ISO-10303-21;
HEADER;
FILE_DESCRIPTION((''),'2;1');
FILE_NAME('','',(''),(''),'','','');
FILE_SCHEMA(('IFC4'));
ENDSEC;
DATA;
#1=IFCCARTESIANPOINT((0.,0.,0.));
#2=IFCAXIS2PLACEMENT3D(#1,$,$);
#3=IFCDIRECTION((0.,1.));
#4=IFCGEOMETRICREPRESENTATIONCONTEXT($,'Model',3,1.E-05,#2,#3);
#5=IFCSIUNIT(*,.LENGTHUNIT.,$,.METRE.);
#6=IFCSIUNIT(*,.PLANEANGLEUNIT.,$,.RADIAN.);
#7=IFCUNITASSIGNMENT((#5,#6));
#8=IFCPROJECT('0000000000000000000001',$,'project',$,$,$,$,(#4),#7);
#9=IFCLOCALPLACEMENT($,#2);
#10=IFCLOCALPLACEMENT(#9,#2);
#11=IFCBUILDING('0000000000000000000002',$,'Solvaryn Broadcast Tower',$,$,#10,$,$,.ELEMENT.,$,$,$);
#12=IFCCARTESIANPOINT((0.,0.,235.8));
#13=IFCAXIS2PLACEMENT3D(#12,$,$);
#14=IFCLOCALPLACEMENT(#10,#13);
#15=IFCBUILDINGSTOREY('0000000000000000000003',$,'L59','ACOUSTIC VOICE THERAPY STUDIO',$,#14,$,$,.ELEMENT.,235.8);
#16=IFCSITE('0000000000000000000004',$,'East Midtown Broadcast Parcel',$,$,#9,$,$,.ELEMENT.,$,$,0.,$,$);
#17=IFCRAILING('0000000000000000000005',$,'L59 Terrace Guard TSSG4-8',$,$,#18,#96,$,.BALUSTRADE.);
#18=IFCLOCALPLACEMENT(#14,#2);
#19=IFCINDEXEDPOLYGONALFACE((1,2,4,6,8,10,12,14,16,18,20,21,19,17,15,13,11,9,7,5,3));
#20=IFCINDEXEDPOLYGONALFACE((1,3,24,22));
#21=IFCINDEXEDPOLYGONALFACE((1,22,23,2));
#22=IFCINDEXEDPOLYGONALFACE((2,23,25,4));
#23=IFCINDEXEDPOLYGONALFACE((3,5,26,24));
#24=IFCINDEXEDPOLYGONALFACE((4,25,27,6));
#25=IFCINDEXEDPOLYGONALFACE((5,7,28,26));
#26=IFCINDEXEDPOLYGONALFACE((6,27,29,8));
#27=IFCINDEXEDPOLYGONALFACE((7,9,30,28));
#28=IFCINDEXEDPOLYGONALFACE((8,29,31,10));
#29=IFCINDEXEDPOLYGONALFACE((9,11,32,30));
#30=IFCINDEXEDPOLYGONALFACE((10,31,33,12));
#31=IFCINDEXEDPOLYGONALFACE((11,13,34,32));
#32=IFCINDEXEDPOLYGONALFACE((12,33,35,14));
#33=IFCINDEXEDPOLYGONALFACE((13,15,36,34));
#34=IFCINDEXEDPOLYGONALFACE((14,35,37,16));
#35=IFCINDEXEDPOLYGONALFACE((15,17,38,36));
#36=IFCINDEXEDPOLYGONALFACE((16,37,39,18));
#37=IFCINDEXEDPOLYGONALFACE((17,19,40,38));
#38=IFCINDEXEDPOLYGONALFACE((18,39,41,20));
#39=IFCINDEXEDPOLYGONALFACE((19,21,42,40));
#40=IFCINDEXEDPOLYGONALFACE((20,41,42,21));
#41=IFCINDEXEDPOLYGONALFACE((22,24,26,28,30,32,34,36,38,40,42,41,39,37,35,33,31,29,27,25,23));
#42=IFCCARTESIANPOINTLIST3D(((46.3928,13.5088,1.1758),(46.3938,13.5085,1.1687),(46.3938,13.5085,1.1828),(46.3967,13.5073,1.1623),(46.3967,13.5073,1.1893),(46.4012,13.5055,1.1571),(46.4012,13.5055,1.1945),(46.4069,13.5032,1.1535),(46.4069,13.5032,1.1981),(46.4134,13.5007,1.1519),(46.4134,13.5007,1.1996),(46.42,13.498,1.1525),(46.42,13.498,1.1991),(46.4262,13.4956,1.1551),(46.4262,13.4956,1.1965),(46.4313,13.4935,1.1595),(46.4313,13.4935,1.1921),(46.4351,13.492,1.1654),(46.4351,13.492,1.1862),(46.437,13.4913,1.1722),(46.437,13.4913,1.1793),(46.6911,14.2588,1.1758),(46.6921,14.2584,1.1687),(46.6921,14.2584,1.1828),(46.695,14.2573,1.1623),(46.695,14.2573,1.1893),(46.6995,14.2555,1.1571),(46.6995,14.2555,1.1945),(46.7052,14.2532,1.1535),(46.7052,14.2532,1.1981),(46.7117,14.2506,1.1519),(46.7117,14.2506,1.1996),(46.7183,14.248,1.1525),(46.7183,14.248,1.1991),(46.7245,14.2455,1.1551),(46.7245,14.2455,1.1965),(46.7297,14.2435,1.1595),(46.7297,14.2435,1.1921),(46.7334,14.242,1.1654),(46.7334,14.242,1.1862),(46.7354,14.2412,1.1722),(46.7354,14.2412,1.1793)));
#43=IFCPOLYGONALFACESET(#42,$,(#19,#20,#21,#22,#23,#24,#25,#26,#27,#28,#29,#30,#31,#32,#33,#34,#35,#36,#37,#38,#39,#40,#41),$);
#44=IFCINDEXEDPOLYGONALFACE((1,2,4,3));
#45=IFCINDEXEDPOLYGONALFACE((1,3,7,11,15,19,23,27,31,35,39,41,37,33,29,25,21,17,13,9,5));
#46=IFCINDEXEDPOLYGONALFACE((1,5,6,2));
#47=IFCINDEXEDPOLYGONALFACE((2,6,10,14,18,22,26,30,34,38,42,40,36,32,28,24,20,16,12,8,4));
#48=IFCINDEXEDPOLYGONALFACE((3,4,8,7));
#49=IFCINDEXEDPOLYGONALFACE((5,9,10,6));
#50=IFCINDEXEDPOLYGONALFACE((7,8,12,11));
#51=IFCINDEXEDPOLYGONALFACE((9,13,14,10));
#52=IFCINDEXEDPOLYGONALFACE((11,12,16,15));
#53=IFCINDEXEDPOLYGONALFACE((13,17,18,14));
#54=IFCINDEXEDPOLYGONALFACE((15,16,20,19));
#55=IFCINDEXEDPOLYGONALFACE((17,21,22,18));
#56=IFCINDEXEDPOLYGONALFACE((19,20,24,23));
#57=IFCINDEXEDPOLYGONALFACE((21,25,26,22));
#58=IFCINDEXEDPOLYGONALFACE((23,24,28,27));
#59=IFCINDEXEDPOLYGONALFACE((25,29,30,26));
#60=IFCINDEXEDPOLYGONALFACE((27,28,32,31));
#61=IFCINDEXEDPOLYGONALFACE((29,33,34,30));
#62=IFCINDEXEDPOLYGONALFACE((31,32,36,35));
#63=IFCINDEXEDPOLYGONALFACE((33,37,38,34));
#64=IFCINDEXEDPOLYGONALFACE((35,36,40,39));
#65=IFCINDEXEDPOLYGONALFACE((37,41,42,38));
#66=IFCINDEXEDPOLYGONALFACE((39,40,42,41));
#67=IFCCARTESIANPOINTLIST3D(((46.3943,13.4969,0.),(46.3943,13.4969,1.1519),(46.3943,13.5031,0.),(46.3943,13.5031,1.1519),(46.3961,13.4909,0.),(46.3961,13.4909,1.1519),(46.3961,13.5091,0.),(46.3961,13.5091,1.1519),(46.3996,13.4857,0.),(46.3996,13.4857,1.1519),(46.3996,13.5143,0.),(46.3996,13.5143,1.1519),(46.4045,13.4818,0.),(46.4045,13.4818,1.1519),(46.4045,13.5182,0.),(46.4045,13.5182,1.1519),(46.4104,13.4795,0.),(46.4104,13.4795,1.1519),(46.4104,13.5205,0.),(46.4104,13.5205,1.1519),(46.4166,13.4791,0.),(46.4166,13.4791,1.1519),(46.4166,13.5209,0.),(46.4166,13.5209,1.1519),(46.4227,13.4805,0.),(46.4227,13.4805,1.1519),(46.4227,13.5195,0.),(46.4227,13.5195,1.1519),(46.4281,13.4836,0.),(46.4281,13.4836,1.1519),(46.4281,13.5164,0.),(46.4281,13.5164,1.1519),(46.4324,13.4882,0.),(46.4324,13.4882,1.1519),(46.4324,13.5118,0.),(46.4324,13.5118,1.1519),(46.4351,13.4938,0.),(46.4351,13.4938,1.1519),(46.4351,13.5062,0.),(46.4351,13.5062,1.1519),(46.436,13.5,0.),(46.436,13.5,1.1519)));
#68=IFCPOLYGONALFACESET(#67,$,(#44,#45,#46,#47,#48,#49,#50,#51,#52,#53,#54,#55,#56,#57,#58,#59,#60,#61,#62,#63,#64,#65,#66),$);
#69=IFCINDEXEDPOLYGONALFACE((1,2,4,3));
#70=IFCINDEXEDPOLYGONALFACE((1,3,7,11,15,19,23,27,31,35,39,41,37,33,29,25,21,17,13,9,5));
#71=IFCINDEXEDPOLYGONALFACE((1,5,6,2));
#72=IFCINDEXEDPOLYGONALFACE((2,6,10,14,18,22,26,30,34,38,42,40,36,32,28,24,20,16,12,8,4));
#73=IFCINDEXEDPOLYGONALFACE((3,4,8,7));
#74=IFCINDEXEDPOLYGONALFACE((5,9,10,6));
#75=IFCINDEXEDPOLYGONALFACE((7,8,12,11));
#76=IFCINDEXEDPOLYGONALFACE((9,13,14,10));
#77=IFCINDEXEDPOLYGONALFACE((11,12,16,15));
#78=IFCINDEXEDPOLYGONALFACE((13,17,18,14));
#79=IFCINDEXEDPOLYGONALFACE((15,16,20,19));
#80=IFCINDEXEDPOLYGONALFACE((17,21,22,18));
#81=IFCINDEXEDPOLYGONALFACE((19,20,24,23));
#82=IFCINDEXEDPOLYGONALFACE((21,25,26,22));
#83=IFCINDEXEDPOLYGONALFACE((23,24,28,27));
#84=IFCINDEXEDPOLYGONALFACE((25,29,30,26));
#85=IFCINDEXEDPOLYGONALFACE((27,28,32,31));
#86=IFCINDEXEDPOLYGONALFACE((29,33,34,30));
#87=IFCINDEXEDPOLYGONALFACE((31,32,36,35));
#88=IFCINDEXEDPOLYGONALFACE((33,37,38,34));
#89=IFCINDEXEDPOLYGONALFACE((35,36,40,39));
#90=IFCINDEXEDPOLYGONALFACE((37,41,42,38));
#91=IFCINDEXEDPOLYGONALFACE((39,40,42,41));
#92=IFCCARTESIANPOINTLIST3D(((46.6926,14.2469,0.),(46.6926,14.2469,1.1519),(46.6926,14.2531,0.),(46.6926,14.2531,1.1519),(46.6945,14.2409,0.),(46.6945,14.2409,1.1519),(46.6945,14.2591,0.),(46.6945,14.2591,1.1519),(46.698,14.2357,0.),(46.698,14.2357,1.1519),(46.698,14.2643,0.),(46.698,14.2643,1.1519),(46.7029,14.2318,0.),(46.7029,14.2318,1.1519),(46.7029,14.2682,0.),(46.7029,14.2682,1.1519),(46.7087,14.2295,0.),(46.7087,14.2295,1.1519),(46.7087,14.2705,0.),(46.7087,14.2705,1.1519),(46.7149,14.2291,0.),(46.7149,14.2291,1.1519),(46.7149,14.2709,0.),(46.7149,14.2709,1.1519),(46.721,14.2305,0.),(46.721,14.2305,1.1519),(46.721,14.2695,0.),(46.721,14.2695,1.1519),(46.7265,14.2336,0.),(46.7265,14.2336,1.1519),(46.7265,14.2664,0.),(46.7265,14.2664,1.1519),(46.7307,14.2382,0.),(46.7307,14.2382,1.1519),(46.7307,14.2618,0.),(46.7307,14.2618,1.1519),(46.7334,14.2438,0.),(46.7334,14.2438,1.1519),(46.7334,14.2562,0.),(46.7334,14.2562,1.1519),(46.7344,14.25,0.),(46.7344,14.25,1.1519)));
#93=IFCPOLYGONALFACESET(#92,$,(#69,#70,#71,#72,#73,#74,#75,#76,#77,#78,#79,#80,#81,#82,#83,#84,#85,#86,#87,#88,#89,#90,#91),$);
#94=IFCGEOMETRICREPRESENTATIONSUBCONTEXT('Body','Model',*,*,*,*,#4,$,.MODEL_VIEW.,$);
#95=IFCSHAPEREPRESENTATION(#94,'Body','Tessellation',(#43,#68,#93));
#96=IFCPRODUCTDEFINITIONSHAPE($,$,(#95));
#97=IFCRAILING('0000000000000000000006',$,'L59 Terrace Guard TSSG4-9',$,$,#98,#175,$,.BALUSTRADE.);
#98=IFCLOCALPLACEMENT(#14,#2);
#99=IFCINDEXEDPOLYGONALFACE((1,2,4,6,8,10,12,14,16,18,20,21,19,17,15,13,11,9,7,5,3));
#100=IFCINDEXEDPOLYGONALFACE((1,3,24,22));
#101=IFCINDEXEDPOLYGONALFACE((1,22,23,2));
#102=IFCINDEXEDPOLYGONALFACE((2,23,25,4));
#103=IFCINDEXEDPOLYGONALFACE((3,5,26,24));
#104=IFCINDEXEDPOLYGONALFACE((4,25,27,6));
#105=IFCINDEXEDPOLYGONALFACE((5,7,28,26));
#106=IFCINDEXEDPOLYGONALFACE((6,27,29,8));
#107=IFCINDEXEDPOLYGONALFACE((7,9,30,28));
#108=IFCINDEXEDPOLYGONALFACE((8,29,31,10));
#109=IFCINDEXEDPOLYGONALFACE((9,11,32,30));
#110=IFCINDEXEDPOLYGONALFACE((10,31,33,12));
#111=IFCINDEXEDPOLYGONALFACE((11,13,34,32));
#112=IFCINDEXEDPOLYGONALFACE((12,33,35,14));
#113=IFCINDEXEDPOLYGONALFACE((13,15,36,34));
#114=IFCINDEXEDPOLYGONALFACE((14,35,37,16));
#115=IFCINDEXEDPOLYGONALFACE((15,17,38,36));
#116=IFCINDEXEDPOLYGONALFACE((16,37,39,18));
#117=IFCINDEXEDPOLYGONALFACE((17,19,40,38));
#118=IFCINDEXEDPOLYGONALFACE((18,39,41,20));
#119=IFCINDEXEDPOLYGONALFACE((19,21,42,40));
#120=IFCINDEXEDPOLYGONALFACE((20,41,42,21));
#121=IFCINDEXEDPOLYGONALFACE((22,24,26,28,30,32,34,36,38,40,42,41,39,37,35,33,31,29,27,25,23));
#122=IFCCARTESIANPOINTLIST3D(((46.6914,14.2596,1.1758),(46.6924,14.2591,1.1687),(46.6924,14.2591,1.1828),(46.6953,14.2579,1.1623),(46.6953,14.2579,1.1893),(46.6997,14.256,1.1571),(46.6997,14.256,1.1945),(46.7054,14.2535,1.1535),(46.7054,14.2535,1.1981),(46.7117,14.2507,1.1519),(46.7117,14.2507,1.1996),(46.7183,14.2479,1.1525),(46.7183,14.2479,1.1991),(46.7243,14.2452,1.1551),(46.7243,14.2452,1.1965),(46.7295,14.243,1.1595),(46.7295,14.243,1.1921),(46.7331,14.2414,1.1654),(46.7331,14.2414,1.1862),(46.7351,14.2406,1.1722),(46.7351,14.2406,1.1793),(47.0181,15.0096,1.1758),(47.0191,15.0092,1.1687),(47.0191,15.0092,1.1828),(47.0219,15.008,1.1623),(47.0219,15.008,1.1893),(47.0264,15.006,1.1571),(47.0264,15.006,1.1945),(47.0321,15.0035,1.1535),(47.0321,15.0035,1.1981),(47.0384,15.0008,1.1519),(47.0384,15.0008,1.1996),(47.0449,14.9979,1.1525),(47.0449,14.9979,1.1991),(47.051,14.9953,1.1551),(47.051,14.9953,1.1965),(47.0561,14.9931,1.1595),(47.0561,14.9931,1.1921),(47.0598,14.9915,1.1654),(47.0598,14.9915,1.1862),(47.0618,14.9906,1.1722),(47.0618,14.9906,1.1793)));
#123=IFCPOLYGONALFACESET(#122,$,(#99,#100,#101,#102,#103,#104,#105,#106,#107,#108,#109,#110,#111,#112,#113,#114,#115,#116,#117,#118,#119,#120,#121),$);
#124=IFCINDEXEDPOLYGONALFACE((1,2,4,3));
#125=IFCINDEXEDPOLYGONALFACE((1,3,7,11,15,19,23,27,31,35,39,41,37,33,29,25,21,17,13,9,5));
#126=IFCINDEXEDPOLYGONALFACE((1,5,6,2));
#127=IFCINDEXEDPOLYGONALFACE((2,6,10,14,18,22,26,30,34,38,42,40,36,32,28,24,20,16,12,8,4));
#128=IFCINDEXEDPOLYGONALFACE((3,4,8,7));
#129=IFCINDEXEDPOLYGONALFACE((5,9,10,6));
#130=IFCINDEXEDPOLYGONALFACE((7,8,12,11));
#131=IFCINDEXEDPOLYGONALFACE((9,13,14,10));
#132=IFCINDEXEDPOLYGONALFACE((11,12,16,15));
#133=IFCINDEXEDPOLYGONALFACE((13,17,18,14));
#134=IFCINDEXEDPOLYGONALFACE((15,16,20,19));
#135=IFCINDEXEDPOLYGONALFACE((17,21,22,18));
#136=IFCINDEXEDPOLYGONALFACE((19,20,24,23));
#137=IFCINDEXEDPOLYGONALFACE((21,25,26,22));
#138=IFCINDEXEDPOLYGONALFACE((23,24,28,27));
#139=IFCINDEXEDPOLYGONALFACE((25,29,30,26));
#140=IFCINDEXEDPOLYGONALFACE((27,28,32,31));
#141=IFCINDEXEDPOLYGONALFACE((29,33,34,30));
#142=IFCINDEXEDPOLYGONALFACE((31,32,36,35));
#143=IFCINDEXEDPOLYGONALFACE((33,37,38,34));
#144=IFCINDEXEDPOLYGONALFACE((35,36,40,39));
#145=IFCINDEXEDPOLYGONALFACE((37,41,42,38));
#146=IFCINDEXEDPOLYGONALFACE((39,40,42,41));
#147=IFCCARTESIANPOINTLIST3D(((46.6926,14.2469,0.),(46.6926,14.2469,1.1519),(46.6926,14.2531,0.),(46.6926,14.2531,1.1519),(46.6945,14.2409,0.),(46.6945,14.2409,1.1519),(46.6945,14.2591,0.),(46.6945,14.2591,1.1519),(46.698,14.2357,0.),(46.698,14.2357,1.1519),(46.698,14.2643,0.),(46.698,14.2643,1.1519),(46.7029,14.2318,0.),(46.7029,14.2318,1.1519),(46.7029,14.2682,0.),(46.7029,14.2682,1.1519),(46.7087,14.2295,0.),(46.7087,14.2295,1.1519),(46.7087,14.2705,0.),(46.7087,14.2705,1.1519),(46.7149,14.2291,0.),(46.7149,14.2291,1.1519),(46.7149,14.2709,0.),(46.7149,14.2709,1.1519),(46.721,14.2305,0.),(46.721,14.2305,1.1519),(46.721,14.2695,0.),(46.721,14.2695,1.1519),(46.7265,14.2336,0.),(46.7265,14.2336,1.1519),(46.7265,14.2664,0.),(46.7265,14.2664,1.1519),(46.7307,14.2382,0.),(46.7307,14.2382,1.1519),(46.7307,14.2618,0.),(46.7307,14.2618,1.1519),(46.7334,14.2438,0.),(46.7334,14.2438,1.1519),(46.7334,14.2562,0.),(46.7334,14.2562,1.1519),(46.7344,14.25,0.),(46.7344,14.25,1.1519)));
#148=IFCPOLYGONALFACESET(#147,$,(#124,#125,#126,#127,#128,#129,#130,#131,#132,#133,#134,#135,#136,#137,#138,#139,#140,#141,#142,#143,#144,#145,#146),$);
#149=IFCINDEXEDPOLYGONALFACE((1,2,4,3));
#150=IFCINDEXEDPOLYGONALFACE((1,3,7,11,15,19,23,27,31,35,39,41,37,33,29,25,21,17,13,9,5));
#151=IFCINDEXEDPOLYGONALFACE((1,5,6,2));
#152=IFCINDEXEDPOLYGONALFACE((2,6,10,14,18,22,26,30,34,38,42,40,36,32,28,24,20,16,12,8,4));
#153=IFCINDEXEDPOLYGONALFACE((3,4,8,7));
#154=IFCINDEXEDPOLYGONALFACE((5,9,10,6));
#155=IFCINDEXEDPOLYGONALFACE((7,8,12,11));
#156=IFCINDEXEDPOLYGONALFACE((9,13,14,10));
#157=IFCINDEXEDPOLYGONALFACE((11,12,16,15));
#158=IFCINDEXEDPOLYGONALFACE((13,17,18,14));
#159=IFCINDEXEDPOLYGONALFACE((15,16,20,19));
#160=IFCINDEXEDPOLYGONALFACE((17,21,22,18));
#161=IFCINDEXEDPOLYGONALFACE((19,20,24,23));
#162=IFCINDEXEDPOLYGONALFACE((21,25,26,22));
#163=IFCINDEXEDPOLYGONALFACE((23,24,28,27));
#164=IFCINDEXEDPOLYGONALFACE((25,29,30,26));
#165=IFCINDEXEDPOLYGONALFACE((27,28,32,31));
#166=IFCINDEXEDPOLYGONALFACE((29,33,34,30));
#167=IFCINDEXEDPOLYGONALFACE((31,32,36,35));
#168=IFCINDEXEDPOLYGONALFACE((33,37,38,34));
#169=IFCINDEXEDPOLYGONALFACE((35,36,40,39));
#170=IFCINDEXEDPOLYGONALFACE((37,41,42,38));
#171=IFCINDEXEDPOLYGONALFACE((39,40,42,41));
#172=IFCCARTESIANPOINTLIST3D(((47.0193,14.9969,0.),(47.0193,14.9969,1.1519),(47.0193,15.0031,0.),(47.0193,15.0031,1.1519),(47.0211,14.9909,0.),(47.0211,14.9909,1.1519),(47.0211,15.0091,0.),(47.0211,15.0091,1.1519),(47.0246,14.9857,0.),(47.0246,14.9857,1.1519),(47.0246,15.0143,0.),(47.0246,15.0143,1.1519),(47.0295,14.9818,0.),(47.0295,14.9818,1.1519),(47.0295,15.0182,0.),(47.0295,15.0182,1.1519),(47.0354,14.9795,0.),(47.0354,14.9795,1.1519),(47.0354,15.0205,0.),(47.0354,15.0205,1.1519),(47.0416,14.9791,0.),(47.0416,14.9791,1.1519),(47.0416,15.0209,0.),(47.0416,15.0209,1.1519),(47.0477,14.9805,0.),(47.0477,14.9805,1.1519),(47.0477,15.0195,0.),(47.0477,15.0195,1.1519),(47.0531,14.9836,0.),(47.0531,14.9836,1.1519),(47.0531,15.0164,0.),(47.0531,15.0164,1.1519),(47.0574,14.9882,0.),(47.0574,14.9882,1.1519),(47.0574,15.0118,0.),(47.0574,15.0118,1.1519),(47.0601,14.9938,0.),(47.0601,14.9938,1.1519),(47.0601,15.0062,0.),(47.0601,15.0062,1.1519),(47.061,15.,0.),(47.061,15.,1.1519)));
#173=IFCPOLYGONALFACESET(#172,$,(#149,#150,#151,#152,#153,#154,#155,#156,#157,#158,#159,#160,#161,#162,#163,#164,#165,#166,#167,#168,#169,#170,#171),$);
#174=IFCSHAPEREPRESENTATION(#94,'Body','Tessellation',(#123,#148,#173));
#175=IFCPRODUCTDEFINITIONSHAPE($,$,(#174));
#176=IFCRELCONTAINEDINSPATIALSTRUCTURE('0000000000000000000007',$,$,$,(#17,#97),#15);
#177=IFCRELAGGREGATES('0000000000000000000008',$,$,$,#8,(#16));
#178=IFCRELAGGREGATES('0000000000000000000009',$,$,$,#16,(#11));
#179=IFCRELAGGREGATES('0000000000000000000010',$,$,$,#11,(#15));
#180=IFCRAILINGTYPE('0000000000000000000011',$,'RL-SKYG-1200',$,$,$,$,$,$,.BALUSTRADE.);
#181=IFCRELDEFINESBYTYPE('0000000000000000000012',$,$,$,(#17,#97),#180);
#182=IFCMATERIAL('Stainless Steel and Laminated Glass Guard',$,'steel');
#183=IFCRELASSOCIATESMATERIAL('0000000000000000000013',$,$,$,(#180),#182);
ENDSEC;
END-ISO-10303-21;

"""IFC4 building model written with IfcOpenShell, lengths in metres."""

from ifc_helpers import new_model, si_unit, direction, frame, origin, origin_2d, place, context, subcontext, project, spatial, circle, extrude, material, type_object, element, save


model = new_model("IFC4")

# Units and contexts
model_context = context("Model", 3, precision=1e-05, world=origin(), true_north=direction((0.0, 1.0)))
body_context = subcontext(model_context, "Body", "Model", "MODEL_VIEW")
ifc_project = project(units=[si_unit("LENGTHUNIT", "METRE"), si_unit("PLANEANGLEUNIT", "RADIAN")], contexts=[model_context])

# Site, building, storey
site_placement = place(None, origin())
site = spatial("IfcSite", under=ifc_project, at=site_placement, Name="East Midtown Broadcast Parcel", CompositionType="ELEMENT", RefElevation=0.0)
building_placement = place(site_placement, origin())
building = spatial("IfcBuilding", under=site, at=building_placement, Name="Solvaryn Broadcast Tower", CompositionType="ELEMENT")
storey_placement = place(building_placement, frame((0.0, 0.0, 235.8)))
storey = spatial("IfcBuildingStorey", under=building, at=storey_placement, Name="L59", Description="ACOUSTIC VOICE THERAPY STUDIO", CompositionType="ELEMENT", Elevation=235.8)

# Railings
ifc_material_1 = material(Name="Stainless Steel and Laminated Glass Guard", Category="steel")
railing_type = type_object("IfcRailingType", Name="RL-SKYG-1200", PredefinedType="BALUSTRADE", material=ifc_material_1)
railing_1_placement = place(storey_placement, frame((46.415, 13.5, 0.0)))
element("IfcRailing", 1, at=railing_1_placement, inside=storey, type_object=railing_type, Name="L59 Terrace Guard TSSG4-8", PredefinedType="BALUSTRADE", context=body_context, shape_type="SweptSolid", body=[
    extrude(circle(Radius=0.0239, at=origin_2d()), frame((0.0, 0.0, 1.1758), z_axis=(0.369617, 0.929184, 0.0), x_axis=(-0.929184, 0.369617, 0.0)), (0.0, 0.0, 1.0), 0.8071),
    extrude(circle(Radius=0.021, at=origin_2d()), origin(), (0.0, 0.0, 1.0), 1.1519),
    extrude(circle(Radius=0.021, at=origin_2d()), frame((0.2983, 0.75, 0.0)), (0.0, 0.0, 1.0), 1.1519),
])
for number, where, name in (
    (2, (46.7134, 14.25, 0.0), "L59 Terrace Guard TSSG4-9"),
):
    element("IfcRailing", number, at=place(storey_placement, frame(where)), inside=storey, type_object=railing_type, Name=name, PredefinedType="BALUSTRADE", context=body_context, shape_type="SweptSolid", body=[
        extrude(circle(Radius=0.0239, at=origin_2d()), frame((0.0, 0.0, 1.1758), z_axis=(0.399315, 0.916814, 0.0), x_axis=(-0.916814, 0.399315, 0.0)), (0.0, 0.0, 1.0), 0.8181),
        extrude(circle(Radius=0.021, at=origin_2d()), origin(), (0.0, 0.0, 1.0), 1.1519),
        extrude(circle(Radius=0.021, at=origin_2d()), frame((0.3267, 0.75, 0.0)), (0.0, 0.0, 1.0), 1.1519),
    ])

save(model, "model.ifc")
